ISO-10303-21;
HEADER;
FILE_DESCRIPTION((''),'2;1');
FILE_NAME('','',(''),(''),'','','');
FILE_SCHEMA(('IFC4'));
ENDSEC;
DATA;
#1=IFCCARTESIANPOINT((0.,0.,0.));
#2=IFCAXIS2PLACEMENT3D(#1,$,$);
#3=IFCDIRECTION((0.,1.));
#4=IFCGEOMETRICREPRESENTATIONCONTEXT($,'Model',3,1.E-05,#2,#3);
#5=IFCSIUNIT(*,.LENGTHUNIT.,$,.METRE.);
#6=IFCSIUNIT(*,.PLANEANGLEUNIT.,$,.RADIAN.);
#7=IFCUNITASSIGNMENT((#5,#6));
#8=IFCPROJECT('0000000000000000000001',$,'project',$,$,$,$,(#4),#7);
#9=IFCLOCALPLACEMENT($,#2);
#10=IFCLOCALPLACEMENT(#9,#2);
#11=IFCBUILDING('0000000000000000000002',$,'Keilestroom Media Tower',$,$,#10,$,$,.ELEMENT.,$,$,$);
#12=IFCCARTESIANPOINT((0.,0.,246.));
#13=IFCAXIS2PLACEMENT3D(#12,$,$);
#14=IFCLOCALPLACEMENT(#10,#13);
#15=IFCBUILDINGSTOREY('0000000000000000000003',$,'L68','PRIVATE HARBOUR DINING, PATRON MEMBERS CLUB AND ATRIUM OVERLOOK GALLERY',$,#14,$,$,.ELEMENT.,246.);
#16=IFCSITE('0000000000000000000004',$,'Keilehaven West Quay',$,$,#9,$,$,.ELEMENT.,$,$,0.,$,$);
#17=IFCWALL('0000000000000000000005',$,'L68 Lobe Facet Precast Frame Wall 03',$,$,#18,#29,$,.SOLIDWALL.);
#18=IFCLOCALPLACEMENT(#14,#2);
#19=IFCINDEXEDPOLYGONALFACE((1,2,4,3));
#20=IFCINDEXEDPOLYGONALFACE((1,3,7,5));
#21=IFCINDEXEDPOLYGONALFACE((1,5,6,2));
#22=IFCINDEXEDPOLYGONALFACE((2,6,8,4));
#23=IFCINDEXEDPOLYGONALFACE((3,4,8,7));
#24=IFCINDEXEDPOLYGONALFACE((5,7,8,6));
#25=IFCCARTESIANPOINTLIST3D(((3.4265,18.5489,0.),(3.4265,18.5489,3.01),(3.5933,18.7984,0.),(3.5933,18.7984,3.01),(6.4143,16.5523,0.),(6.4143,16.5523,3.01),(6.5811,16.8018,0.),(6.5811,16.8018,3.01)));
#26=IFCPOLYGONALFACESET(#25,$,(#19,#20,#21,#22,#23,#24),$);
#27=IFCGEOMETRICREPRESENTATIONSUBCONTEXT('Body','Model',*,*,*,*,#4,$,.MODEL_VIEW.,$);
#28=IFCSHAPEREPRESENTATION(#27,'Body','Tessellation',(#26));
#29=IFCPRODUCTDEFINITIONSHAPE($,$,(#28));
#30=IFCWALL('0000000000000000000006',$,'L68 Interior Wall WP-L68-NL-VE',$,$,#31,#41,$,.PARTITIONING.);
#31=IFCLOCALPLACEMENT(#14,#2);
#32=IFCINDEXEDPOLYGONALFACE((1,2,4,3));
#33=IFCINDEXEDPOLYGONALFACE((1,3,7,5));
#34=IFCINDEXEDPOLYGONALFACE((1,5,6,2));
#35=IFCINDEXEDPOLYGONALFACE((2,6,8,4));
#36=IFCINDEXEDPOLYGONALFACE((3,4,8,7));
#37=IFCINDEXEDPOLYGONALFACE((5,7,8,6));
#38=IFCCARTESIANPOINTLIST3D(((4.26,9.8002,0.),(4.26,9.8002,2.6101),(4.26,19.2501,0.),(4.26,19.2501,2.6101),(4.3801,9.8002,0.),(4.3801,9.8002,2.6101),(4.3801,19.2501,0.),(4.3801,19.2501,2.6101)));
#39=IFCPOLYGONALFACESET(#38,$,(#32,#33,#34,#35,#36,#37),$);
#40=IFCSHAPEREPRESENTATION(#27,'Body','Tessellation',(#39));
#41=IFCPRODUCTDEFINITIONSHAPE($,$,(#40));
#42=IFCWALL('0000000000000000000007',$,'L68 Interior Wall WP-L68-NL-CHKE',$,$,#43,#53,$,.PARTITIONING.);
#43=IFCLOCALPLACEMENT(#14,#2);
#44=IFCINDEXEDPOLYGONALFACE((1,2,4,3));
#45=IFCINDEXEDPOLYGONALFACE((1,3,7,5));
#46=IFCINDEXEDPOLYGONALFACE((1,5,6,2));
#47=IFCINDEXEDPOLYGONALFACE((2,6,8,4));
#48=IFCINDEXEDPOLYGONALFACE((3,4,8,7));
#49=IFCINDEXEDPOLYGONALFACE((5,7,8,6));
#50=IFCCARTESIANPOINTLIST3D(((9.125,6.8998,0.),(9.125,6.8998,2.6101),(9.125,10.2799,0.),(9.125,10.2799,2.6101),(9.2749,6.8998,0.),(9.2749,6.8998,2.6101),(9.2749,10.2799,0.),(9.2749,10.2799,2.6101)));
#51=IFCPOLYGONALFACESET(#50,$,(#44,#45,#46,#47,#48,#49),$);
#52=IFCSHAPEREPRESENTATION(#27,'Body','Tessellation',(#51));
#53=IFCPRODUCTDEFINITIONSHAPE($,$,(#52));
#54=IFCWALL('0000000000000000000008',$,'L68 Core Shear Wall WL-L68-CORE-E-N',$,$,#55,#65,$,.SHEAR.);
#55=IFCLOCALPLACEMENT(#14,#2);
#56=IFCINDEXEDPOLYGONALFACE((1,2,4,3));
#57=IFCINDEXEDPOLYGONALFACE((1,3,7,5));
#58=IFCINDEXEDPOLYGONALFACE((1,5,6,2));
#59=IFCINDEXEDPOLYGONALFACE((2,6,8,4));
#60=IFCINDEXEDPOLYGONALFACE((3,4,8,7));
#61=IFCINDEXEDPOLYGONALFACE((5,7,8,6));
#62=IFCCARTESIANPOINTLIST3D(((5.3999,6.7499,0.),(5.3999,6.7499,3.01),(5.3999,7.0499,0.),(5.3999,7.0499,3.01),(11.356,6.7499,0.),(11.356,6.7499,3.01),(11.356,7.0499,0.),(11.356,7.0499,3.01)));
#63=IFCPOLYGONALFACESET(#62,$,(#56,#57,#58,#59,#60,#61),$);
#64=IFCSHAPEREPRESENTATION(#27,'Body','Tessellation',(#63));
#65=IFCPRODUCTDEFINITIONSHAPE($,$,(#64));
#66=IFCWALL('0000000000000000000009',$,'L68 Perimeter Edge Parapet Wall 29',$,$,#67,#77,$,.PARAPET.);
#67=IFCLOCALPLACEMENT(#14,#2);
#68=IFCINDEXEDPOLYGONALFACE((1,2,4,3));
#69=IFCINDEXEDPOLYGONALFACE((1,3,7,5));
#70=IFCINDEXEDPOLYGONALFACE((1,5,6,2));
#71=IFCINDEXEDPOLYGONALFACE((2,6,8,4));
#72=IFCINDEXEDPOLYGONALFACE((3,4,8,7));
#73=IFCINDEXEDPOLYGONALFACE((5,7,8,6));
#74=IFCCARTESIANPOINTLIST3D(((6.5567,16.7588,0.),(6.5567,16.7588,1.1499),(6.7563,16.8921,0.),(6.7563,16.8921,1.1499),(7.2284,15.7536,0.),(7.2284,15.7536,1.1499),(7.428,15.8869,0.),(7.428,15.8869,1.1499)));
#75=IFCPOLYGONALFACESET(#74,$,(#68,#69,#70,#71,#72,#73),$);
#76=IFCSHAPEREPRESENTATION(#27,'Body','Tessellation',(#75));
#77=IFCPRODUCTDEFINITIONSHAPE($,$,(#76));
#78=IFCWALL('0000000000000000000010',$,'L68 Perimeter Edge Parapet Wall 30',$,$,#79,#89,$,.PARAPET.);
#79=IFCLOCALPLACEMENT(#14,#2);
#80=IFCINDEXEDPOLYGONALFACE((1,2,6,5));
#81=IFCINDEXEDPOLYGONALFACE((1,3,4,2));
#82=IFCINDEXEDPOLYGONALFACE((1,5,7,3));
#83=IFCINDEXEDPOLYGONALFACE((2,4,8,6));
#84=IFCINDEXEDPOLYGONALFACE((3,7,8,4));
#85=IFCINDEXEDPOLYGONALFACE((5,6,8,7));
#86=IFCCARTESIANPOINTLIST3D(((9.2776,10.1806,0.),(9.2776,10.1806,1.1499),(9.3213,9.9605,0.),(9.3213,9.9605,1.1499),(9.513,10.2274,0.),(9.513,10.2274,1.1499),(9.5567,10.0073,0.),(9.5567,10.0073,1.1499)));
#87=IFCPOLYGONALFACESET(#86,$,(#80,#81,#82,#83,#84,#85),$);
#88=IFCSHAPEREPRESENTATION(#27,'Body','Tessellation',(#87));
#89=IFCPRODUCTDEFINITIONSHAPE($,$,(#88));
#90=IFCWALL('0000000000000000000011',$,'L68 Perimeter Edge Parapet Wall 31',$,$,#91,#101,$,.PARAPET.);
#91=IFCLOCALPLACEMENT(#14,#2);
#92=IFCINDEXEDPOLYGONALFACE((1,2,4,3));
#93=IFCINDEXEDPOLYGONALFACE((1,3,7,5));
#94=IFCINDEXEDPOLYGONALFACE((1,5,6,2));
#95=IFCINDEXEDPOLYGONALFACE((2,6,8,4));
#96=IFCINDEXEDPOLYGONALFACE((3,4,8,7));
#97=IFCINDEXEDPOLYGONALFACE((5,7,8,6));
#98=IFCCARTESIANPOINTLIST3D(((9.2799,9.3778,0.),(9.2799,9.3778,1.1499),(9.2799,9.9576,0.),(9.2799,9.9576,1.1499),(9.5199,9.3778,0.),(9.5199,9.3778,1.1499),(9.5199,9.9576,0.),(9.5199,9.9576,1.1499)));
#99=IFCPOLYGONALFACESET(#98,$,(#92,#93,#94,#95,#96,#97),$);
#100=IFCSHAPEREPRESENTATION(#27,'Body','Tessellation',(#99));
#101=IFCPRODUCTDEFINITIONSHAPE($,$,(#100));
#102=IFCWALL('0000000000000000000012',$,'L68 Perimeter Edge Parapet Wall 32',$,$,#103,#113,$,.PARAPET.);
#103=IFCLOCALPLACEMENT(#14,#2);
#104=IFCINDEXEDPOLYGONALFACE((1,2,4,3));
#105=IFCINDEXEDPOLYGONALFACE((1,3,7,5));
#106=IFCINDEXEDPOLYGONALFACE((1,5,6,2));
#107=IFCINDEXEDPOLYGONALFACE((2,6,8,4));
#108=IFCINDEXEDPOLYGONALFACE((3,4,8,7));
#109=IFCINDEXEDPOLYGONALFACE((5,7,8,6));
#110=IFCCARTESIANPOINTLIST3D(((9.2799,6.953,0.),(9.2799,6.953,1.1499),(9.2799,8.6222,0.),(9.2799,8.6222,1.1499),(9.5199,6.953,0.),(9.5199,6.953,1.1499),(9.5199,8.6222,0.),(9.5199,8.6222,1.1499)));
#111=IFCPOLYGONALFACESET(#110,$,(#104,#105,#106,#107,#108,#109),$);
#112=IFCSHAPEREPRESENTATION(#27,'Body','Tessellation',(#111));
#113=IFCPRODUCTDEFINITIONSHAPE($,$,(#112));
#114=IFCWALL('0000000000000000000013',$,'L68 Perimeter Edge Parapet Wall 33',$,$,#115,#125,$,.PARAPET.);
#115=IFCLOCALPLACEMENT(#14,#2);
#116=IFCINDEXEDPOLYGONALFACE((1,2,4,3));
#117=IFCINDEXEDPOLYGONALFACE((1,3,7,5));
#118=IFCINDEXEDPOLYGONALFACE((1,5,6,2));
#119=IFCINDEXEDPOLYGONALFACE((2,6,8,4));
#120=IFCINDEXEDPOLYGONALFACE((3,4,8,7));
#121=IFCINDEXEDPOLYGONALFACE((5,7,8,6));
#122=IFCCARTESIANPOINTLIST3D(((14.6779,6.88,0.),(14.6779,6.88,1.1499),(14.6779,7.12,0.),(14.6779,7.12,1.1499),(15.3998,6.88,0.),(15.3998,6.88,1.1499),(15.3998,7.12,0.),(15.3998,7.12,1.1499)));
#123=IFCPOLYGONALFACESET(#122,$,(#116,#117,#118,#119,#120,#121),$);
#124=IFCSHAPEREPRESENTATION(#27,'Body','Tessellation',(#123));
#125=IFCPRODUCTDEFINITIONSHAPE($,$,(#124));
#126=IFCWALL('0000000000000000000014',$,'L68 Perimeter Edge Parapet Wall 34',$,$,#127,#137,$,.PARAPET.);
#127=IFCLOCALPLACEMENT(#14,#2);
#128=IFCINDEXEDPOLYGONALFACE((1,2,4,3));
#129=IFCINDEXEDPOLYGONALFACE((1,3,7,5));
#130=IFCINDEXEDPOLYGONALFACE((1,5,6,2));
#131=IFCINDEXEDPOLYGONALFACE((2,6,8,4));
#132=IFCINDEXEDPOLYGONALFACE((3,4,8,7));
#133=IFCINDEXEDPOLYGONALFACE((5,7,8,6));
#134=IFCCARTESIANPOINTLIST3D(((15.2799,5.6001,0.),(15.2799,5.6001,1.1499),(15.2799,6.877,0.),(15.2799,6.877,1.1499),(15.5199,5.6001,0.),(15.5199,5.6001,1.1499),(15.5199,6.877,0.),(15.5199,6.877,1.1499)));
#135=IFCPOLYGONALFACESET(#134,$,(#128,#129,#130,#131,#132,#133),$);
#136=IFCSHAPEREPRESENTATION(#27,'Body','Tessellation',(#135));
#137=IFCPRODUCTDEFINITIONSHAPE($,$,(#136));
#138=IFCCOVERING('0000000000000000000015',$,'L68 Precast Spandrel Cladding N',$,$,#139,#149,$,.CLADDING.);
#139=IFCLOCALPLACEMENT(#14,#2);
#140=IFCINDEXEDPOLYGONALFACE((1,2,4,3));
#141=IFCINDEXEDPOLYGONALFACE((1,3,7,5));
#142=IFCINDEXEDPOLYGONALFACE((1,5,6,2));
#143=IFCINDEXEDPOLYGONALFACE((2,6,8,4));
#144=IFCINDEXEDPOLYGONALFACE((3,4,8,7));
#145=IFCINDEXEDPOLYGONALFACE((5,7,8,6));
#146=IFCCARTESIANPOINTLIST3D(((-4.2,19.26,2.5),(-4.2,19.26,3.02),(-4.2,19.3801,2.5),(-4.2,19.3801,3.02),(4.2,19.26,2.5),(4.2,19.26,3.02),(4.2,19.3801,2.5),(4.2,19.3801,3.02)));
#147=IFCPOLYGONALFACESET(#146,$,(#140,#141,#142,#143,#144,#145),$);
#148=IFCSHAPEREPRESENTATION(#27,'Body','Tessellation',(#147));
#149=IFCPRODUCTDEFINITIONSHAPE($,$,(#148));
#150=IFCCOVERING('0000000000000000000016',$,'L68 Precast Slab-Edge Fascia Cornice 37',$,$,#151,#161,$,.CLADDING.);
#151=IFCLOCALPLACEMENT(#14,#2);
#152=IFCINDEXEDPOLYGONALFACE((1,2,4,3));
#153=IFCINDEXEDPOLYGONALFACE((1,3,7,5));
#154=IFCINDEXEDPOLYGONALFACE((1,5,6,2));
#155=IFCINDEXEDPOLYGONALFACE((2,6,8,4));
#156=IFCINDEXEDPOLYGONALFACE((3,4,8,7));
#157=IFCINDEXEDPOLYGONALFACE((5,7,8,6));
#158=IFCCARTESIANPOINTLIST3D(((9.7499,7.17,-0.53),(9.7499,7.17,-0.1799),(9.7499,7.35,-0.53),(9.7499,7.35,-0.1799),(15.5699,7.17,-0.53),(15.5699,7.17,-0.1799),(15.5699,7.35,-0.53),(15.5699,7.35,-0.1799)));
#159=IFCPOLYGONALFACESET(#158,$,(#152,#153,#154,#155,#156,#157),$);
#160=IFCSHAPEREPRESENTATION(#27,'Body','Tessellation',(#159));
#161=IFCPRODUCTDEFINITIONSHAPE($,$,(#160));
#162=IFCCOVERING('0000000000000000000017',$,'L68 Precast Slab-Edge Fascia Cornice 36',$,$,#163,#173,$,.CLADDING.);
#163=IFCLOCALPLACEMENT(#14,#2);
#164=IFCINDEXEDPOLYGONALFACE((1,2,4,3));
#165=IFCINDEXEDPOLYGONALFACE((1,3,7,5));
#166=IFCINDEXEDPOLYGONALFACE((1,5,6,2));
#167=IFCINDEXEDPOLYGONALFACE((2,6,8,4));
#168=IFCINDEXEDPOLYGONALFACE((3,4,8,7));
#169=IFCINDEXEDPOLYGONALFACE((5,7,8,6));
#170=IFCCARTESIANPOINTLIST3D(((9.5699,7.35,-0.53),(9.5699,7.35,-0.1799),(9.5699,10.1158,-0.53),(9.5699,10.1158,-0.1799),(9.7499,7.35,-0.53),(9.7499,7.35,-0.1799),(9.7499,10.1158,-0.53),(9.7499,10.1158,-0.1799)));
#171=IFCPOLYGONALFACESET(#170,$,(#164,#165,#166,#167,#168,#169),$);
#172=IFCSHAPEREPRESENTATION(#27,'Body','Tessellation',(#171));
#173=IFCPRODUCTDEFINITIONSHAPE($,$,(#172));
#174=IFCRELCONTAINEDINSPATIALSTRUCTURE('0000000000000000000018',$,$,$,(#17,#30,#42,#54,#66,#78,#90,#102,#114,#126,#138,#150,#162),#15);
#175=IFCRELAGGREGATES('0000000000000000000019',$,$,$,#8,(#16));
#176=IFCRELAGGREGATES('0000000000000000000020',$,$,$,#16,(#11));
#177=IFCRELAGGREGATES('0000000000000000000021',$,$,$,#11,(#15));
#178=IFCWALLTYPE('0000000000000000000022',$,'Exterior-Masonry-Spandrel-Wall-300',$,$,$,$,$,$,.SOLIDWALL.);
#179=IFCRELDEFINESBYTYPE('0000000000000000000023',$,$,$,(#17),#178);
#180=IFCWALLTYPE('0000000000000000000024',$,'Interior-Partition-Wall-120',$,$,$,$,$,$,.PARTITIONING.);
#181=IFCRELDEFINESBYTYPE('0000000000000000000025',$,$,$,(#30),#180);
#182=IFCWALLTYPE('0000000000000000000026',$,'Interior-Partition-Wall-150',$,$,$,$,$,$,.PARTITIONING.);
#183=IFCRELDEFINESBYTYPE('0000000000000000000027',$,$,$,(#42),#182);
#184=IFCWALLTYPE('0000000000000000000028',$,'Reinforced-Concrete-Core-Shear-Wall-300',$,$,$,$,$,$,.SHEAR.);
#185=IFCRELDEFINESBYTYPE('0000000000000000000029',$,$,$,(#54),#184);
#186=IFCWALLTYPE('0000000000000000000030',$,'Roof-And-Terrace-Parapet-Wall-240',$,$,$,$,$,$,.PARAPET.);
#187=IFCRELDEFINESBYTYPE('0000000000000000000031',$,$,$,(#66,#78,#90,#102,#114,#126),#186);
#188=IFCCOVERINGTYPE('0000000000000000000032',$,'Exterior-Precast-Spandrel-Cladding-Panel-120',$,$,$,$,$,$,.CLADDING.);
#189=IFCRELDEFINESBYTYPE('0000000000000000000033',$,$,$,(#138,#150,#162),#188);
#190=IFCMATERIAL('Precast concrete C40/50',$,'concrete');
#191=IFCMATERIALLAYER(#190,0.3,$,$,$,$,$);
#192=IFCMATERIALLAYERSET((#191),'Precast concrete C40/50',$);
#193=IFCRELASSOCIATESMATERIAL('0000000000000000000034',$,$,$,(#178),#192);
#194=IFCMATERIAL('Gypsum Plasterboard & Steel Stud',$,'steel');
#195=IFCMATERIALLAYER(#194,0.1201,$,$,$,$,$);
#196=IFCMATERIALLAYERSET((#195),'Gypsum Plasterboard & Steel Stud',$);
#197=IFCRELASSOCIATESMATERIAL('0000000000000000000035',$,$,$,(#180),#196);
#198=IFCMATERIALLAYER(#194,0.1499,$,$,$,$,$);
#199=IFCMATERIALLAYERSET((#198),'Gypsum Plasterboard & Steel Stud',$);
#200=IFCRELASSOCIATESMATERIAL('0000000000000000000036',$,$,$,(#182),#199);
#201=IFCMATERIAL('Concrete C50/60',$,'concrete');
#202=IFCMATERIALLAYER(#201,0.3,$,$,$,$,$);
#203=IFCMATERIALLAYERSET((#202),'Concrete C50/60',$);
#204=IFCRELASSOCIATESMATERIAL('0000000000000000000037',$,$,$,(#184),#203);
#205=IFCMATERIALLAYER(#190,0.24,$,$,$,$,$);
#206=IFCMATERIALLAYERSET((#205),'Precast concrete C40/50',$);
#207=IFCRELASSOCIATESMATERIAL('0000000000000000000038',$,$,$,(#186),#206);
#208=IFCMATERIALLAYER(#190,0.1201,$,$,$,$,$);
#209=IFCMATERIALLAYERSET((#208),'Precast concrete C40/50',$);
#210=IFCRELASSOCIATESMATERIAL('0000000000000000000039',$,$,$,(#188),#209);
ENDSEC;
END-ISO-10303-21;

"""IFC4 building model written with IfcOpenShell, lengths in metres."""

from ifc_helpers import new_model, si_unit, direction, frame, frame_2d, origin, origin_2d, place, context, subcontext, project, spatial, rectangle, extrude, source, transform, mapped, material, layer, layer_set, type_object, element, save


model = new_model("IFC4")

# Units and contexts
model_context = context("Model", 3, precision=1e-05, world=origin(), true_north=direction((0.0, 1.0)))
body_context = subcontext(model_context, "Body", "Model", "MODEL_VIEW")
ifc_project = project(units=[si_unit("LENGTHUNIT", "METRE"), si_unit("PLANEANGLEUNIT", "RADIAN")], contexts=[model_context])

# Site, building, storey
site_placement = place(None, origin())
site = spatial("IfcSite", under=ifc_project, at=site_placement, Name="Keilehaven West Quay", CompositionType="ELEMENT", RefElevation=0.0)
building_placement = place(site_placement, origin())
building = spatial("IfcBuilding", under=site, at=building_placement, Name="Keilestroom Media Tower", CompositionType="ELEMENT")
storey_placement = place(building_placement, frame((0.0, 0.0, 246.0)))
storey = spatial("IfcBuildingStorey", under=building, at=storey_placement, Name="L68", Description="PRIVATE HARBOUR DINING, PATRON MEMBERS CLUB AND ATRIUM OVERLOOK GALLERY", CompositionType="ELEMENT", Elevation=246.0)

# Shared definitions
ifc_material_1 = material(Name="Precast concrete C40/50", Category="concrete")
ifc_material_2 = material(Name="Concrete C50/60", Category="concrete")

# Walls
ifc_layer_1 = layer(ifc_material_1, 0.3)
ifc_layer_set_1 = layer_set([ifc_layer_1], Name="Precast concrete C40/50")
wall_type_1 = type_object("IfcWallType", Name="Exterior-Masonry-Spandrel-Wall-300", PredefinedType="SOLIDWALL", material=ifc_layer_set_1)
wall_1_placement = place(storey_placement, frame((6.4978, 16.677, 0.0), z_axis=(0.0, 0.0, 1.0), x_axis=(-0.831444, 0.555609, 0.0)))
element("IfcWall", 1, at=wall_1_placement, inside=storey, type_object=wall_type_1, Name="L68 Lobe Facet Precast Frame Wall 03", PredefinedType="SOLIDWALL", context=body_context, shape_type="SweptSolid", body=[
    extrude(rectangle(XDim=3.5935, YDim=0.3, at=frame_2d((1.7969, 0.0))), origin(), (0.0, 0.0, 1.0), 3.01),
])
ifc_material_3 = material(Name="Gypsum Plasterboard & Steel Stud", Category="steel")
ifc_layer_2 = layer(ifc_material_3, 0.1201)
ifc_layer_set_2 = layer_set([ifc_layer_2], Name="Gypsum Plasterboard & Steel Stud")
wall_type_2 = type_object("IfcWallType", Name="Interior-Partition-Wall-120", PredefinedType="PARTITIONING", material=ifc_layer_set_2)
wall_2_placement = place(storey_placement, frame((4.3201, 9.8, 0.0), z_axis=(0.0, 0.0, 1.0), x_axis=(0.0, 1.0, 0.0)))
element("IfcWall", 2, at=wall_2_placement, inside=storey, type_object=wall_type_2, Name="L68 Interior Wall WP-L68-NL-VE", PredefinedType="PARTITIONING", context=body_context, shape_type="SweptSolid", body=[
    extrude(rectangle(XDim=9.45, YDim=0.1201, at=frame_2d((4.7251, 0.0))), origin(), (0.0, 0.0, 1.0), 2.6101),
])
ifc_layer_3 = layer(ifc_material_3, 0.1499)
ifc_layer_set_3 = layer_set([ifc_layer_3], Name="Gypsum Plasterboard & Steel Stud")
wall_type_3 = type_object("IfcWallType", Name="Interior-Partition-Wall-150", PredefinedType="PARTITIONING", material=ifc_layer_set_3)
wall_3_placement = place(storey_placement, frame((9.2, 6.8999, 0.0), z_axis=(0.0, 0.0, 1.0), x_axis=(0.0, 1.0, 0.0)))
element("IfcWall", 3, at=wall_3_placement, inside=storey, type_object=wall_type_3, Name="L68 Interior Wall WP-L68-NL-CHKE", PredefinedType="PARTITIONING", context=body_context, shape_type="SweptSolid", body=[
    extrude(rectangle(XDim=3.3801, YDim=0.1499, at=frame_2d((1.6899, 0.0))), origin(), (0.0, 0.0, 1.0), 2.6101),
])
ifc_layer_4 = layer(ifc_material_2, 0.3)
ifc_layer_set_4 = layer_set([ifc_layer_4], Name="Concrete C50/60")
wall_type_4 = type_object("IfcWallType", Name="Reinforced-Concrete-Core-Shear-Wall-300", PredefinedType="SHEAR", material=ifc_layer_set_4)
wall_4_placement = place(storey_placement, frame((5.3999, 6.8999, 0.0), z_axis=(0.0, 0.0, 1.0), x_axis=(1.0, 0.0, 0.0)))
element("IfcWall", 4, at=wall_4_placement, inside=storey, type_object=wall_type_4, Name="L68 Core Shear Wall WL-L68-CORE-E-N", PredefinedType="SHEAR", context=body_context, shape_type="SweptSolid", body=[
    extrude(rectangle(XDim=5.9561, YDim=0.3, at=frame_2d((2.978, 0.0))), origin(), (0.0, 0.0, 1.0), 3.01),
])
ifc_layer_5 = layer(ifc_material_1, 0.24)
ifc_layer_set_5 = layer_set([ifc_layer_5], Name="Precast concrete C40/50")
wall_type_5 = type_object("IfcWallType", Name="Roof-And-Terrace-Parapet-Wall-240", PredefinedType="PARAPET", material=ifc_layer_set_5)
wall_5_placement = place(storey_placement, frame((6.6565, 16.8254, 0.0), z_axis=(0.0, 0.0, 1.0), x_axis=(0.555585, -0.831459, 0.0)))
element("IfcWall", 5, at=wall_5_placement, inside=storey, type_object=wall_type_5, Name="L68 Perimeter Edge Parapet Wall 29", PredefinedType="PARAPET", context=body_context, shape_type="SweptSolid", body=[
    extrude(rectangle(XDim=1.209, YDim=0.24, at=frame_2d((0.6045, 0.0))), origin(), (0.0, 0.0, 1.0), 1.1499),
])
wall_6_placement = place(storey_placement, frame((9.3953, 10.2041, 0.0), z_axis=(0.0, 0.0, 1.0), x_axis=(0.19486, -0.980831, 0.0)))
element("IfcWall", 6, at=wall_6_placement, inside=storey, type_object=wall_type_5, Name="L68 Perimeter Edge Parapet Wall 30", PredefinedType="PARAPET", context=body_context, shape_type="SweptSolid", body=[
    extrude(rectangle(XDim=0.2244, YDim=0.24, at=frame_2d((0.1123, 0.0))), origin(), (0.0, 0.0, 1.0), 1.1499),
])
wall_7_placement = place(storey_placement, frame((9.3999, 9.9578, 0.0), z_axis=(0.0, 0.0, 1.0), x_axis=(0.0, -1.0, 0.0)))
element("IfcWall", 7, at=wall_7_placement, inside=storey, type_object=wall_type_5, Name="L68 Perimeter Edge Parapet Wall 31", PredefinedType="PARAPET", context=body_context, shape_type="SweptSolid", body=[
    extrude(rectangle(XDim=0.5798, YDim=0.24, at=frame_2d((0.29, 0.0))), origin(), (0.0, 0.0, 1.0), 1.1499),
])
wall_8_placement = place(storey_placement, frame((9.3999, 8.6221, 0.0), z_axis=(0.0, 0.0, 1.0), x_axis=(0.0, -1.0, 0.0)))
element("IfcWall", 8, at=wall_8_placement, inside=storey, type_object=wall_type_5, Name="L68 Perimeter Edge Parapet Wall 32", PredefinedType="PARAPET", context=body_context, shape_type="SweptSolid", body=[
    extrude(rectangle(XDim=1.6692, YDim=0.24, at=frame_2d((0.8345, 0.0))), origin(), (0.0, 0.0, 1.0), 1.1499),
])
wall_9_placement = place(storey_placement, frame((14.678, 7.0, 0.0), z_axis=(0.0, 0.0, 1.0), x_axis=(1.0, 0.0, 0.0)))
element("IfcWall", 9, at=wall_9_placement, inside=storey, type_object=wall_type_5, Name="L68 Perimeter Edge Parapet Wall 33", PredefinedType="PARAPET", context=body_context, shape_type="SweptSolid", body=[
    extrude(rectangle(XDim=0.7219, YDim=0.24, at=frame_2d((0.3608, 0.0))), origin(), (0.0, 0.0, 1.0), 1.1499),
])
wall_10_placement = place(storey_placement, frame((15.3999, 6.877, 0.0), z_axis=(0.0, 0.0, 1.0), x_axis=(0.0, -1.0, 0.0)))
element("IfcWall", 10, at=wall_10_placement, inside=storey, type_object=wall_type_5, Name="L68 Perimeter Edge Parapet Wall 34", PredefinedType="PARAPET", context=body_context, shape_type="SweptSolid", body=[
    extrude(rectangle(XDim=1.2769, YDim=0.24, at=frame_2d((0.6384, 0.0))), origin(), (0.0, 0.0, 1.0), 1.1499),
])

# Coverings
ifc_layer_6 = layer(ifc_material_1, 0.1201)
ifc_layer_set_6 = layer_set([ifc_layer_6], Name="Precast concrete C40/50")
covering_type = type_object("IfcCoveringType", Name="Exterior-Precast-Spandrel-Cladding-Panel-120", PredefinedType="CLADDING", material=ifc_layer_set_6)
shared_shape_1 = source(origin(), body_context, "Body", "SweptSolid", [
    extrude(rectangle(XDim=8.3999, YDim=0.1201, at=origin_2d()), origin(), (0.0, 0.0, 1.0), 0.52),
])
covering_1_placement = place(storey_placement, frame((0.0, 19.3201, 2.5), z_axis=(0.0, 0.0, 1.0), x_axis=(1.0, 0.0, 0.0)))
element("IfcCovering", 11, at=covering_1_placement, inside=storey, type_object=covering_type, Name="L68 Precast Spandrel Cladding N", PredefinedType="CLADDING", context=body_context, shape_type="MappedRepresentation", body=[
    mapped(shared_shape_1, transform((0.0, 0.0, 0.0), x_axis=(1.0, 0.0, 0.0), y_axis=(0.0, 1.0, 0.0), z_axis=(0.0, 0.0, 1.0), scale=1.0)),
])
shared_shape_2 = source(origin(), body_context, "Body", "SweptSolid", [
    extrude(rectangle(XDim=5.8201, YDim=0.1799, at=origin_2d()), origin(), (0.0, 0.0, 1.0), 0.3501),
])
covering_2_placement = place(storey_placement, frame((12.6599, 7.26, -0.53), z_axis=(0.0, 0.0, 1.0), x_axis=(1.0, 0.0, 0.0)))
element("IfcCovering", 12, at=covering_2_placement, inside=storey, type_object=covering_type, Name="L68 Precast Slab-Edge Fascia Cornice 37", PredefinedType="CLADDING", context=body_context, shape_type="MappedRepresentation", body=[
    mapped(shared_shape_2, transform((0.0, 0.0, 0.0), x_axis=(1.0, 0.0, 0.0), y_axis=(0.0, 1.0, 0.0), z_axis=(0.0, 0.0, 1.0), scale=1.0)),
])
shared_shape_3 = source(origin(), body_context, "Body", "SweptSolid", [
    extrude(rectangle(XDim=2.7659, YDim=0.1799, at=origin_2d()), origin(), (0.0, 0.0, 1.0), 0.3501),
])
covering_3_placement = place(storey_placement, frame((9.6599, 8.7329, -0.53), z_axis=(0.0, 0.0, 1.0), x_axis=(0.0, -1.0, 0.0)))
element("IfcCovering", 13, at=covering_3_placement, inside=storey, type_object=covering_type, Name="L68 Precast Slab-Edge Fascia Cornice 36", PredefinedType="CLADDING", context=body_context, shape_type="MappedRepresentation", body=[
    mapped(shared_shape_3, transform((0.0, 0.0, 0.0), x_axis=(1.0, 0.0, 0.0), y_axis=(0.0, 1.0, 0.0), z_axis=(0.0, 0.0, 1.0), scale=1.0)),
])

save(model, "model.ifc")
